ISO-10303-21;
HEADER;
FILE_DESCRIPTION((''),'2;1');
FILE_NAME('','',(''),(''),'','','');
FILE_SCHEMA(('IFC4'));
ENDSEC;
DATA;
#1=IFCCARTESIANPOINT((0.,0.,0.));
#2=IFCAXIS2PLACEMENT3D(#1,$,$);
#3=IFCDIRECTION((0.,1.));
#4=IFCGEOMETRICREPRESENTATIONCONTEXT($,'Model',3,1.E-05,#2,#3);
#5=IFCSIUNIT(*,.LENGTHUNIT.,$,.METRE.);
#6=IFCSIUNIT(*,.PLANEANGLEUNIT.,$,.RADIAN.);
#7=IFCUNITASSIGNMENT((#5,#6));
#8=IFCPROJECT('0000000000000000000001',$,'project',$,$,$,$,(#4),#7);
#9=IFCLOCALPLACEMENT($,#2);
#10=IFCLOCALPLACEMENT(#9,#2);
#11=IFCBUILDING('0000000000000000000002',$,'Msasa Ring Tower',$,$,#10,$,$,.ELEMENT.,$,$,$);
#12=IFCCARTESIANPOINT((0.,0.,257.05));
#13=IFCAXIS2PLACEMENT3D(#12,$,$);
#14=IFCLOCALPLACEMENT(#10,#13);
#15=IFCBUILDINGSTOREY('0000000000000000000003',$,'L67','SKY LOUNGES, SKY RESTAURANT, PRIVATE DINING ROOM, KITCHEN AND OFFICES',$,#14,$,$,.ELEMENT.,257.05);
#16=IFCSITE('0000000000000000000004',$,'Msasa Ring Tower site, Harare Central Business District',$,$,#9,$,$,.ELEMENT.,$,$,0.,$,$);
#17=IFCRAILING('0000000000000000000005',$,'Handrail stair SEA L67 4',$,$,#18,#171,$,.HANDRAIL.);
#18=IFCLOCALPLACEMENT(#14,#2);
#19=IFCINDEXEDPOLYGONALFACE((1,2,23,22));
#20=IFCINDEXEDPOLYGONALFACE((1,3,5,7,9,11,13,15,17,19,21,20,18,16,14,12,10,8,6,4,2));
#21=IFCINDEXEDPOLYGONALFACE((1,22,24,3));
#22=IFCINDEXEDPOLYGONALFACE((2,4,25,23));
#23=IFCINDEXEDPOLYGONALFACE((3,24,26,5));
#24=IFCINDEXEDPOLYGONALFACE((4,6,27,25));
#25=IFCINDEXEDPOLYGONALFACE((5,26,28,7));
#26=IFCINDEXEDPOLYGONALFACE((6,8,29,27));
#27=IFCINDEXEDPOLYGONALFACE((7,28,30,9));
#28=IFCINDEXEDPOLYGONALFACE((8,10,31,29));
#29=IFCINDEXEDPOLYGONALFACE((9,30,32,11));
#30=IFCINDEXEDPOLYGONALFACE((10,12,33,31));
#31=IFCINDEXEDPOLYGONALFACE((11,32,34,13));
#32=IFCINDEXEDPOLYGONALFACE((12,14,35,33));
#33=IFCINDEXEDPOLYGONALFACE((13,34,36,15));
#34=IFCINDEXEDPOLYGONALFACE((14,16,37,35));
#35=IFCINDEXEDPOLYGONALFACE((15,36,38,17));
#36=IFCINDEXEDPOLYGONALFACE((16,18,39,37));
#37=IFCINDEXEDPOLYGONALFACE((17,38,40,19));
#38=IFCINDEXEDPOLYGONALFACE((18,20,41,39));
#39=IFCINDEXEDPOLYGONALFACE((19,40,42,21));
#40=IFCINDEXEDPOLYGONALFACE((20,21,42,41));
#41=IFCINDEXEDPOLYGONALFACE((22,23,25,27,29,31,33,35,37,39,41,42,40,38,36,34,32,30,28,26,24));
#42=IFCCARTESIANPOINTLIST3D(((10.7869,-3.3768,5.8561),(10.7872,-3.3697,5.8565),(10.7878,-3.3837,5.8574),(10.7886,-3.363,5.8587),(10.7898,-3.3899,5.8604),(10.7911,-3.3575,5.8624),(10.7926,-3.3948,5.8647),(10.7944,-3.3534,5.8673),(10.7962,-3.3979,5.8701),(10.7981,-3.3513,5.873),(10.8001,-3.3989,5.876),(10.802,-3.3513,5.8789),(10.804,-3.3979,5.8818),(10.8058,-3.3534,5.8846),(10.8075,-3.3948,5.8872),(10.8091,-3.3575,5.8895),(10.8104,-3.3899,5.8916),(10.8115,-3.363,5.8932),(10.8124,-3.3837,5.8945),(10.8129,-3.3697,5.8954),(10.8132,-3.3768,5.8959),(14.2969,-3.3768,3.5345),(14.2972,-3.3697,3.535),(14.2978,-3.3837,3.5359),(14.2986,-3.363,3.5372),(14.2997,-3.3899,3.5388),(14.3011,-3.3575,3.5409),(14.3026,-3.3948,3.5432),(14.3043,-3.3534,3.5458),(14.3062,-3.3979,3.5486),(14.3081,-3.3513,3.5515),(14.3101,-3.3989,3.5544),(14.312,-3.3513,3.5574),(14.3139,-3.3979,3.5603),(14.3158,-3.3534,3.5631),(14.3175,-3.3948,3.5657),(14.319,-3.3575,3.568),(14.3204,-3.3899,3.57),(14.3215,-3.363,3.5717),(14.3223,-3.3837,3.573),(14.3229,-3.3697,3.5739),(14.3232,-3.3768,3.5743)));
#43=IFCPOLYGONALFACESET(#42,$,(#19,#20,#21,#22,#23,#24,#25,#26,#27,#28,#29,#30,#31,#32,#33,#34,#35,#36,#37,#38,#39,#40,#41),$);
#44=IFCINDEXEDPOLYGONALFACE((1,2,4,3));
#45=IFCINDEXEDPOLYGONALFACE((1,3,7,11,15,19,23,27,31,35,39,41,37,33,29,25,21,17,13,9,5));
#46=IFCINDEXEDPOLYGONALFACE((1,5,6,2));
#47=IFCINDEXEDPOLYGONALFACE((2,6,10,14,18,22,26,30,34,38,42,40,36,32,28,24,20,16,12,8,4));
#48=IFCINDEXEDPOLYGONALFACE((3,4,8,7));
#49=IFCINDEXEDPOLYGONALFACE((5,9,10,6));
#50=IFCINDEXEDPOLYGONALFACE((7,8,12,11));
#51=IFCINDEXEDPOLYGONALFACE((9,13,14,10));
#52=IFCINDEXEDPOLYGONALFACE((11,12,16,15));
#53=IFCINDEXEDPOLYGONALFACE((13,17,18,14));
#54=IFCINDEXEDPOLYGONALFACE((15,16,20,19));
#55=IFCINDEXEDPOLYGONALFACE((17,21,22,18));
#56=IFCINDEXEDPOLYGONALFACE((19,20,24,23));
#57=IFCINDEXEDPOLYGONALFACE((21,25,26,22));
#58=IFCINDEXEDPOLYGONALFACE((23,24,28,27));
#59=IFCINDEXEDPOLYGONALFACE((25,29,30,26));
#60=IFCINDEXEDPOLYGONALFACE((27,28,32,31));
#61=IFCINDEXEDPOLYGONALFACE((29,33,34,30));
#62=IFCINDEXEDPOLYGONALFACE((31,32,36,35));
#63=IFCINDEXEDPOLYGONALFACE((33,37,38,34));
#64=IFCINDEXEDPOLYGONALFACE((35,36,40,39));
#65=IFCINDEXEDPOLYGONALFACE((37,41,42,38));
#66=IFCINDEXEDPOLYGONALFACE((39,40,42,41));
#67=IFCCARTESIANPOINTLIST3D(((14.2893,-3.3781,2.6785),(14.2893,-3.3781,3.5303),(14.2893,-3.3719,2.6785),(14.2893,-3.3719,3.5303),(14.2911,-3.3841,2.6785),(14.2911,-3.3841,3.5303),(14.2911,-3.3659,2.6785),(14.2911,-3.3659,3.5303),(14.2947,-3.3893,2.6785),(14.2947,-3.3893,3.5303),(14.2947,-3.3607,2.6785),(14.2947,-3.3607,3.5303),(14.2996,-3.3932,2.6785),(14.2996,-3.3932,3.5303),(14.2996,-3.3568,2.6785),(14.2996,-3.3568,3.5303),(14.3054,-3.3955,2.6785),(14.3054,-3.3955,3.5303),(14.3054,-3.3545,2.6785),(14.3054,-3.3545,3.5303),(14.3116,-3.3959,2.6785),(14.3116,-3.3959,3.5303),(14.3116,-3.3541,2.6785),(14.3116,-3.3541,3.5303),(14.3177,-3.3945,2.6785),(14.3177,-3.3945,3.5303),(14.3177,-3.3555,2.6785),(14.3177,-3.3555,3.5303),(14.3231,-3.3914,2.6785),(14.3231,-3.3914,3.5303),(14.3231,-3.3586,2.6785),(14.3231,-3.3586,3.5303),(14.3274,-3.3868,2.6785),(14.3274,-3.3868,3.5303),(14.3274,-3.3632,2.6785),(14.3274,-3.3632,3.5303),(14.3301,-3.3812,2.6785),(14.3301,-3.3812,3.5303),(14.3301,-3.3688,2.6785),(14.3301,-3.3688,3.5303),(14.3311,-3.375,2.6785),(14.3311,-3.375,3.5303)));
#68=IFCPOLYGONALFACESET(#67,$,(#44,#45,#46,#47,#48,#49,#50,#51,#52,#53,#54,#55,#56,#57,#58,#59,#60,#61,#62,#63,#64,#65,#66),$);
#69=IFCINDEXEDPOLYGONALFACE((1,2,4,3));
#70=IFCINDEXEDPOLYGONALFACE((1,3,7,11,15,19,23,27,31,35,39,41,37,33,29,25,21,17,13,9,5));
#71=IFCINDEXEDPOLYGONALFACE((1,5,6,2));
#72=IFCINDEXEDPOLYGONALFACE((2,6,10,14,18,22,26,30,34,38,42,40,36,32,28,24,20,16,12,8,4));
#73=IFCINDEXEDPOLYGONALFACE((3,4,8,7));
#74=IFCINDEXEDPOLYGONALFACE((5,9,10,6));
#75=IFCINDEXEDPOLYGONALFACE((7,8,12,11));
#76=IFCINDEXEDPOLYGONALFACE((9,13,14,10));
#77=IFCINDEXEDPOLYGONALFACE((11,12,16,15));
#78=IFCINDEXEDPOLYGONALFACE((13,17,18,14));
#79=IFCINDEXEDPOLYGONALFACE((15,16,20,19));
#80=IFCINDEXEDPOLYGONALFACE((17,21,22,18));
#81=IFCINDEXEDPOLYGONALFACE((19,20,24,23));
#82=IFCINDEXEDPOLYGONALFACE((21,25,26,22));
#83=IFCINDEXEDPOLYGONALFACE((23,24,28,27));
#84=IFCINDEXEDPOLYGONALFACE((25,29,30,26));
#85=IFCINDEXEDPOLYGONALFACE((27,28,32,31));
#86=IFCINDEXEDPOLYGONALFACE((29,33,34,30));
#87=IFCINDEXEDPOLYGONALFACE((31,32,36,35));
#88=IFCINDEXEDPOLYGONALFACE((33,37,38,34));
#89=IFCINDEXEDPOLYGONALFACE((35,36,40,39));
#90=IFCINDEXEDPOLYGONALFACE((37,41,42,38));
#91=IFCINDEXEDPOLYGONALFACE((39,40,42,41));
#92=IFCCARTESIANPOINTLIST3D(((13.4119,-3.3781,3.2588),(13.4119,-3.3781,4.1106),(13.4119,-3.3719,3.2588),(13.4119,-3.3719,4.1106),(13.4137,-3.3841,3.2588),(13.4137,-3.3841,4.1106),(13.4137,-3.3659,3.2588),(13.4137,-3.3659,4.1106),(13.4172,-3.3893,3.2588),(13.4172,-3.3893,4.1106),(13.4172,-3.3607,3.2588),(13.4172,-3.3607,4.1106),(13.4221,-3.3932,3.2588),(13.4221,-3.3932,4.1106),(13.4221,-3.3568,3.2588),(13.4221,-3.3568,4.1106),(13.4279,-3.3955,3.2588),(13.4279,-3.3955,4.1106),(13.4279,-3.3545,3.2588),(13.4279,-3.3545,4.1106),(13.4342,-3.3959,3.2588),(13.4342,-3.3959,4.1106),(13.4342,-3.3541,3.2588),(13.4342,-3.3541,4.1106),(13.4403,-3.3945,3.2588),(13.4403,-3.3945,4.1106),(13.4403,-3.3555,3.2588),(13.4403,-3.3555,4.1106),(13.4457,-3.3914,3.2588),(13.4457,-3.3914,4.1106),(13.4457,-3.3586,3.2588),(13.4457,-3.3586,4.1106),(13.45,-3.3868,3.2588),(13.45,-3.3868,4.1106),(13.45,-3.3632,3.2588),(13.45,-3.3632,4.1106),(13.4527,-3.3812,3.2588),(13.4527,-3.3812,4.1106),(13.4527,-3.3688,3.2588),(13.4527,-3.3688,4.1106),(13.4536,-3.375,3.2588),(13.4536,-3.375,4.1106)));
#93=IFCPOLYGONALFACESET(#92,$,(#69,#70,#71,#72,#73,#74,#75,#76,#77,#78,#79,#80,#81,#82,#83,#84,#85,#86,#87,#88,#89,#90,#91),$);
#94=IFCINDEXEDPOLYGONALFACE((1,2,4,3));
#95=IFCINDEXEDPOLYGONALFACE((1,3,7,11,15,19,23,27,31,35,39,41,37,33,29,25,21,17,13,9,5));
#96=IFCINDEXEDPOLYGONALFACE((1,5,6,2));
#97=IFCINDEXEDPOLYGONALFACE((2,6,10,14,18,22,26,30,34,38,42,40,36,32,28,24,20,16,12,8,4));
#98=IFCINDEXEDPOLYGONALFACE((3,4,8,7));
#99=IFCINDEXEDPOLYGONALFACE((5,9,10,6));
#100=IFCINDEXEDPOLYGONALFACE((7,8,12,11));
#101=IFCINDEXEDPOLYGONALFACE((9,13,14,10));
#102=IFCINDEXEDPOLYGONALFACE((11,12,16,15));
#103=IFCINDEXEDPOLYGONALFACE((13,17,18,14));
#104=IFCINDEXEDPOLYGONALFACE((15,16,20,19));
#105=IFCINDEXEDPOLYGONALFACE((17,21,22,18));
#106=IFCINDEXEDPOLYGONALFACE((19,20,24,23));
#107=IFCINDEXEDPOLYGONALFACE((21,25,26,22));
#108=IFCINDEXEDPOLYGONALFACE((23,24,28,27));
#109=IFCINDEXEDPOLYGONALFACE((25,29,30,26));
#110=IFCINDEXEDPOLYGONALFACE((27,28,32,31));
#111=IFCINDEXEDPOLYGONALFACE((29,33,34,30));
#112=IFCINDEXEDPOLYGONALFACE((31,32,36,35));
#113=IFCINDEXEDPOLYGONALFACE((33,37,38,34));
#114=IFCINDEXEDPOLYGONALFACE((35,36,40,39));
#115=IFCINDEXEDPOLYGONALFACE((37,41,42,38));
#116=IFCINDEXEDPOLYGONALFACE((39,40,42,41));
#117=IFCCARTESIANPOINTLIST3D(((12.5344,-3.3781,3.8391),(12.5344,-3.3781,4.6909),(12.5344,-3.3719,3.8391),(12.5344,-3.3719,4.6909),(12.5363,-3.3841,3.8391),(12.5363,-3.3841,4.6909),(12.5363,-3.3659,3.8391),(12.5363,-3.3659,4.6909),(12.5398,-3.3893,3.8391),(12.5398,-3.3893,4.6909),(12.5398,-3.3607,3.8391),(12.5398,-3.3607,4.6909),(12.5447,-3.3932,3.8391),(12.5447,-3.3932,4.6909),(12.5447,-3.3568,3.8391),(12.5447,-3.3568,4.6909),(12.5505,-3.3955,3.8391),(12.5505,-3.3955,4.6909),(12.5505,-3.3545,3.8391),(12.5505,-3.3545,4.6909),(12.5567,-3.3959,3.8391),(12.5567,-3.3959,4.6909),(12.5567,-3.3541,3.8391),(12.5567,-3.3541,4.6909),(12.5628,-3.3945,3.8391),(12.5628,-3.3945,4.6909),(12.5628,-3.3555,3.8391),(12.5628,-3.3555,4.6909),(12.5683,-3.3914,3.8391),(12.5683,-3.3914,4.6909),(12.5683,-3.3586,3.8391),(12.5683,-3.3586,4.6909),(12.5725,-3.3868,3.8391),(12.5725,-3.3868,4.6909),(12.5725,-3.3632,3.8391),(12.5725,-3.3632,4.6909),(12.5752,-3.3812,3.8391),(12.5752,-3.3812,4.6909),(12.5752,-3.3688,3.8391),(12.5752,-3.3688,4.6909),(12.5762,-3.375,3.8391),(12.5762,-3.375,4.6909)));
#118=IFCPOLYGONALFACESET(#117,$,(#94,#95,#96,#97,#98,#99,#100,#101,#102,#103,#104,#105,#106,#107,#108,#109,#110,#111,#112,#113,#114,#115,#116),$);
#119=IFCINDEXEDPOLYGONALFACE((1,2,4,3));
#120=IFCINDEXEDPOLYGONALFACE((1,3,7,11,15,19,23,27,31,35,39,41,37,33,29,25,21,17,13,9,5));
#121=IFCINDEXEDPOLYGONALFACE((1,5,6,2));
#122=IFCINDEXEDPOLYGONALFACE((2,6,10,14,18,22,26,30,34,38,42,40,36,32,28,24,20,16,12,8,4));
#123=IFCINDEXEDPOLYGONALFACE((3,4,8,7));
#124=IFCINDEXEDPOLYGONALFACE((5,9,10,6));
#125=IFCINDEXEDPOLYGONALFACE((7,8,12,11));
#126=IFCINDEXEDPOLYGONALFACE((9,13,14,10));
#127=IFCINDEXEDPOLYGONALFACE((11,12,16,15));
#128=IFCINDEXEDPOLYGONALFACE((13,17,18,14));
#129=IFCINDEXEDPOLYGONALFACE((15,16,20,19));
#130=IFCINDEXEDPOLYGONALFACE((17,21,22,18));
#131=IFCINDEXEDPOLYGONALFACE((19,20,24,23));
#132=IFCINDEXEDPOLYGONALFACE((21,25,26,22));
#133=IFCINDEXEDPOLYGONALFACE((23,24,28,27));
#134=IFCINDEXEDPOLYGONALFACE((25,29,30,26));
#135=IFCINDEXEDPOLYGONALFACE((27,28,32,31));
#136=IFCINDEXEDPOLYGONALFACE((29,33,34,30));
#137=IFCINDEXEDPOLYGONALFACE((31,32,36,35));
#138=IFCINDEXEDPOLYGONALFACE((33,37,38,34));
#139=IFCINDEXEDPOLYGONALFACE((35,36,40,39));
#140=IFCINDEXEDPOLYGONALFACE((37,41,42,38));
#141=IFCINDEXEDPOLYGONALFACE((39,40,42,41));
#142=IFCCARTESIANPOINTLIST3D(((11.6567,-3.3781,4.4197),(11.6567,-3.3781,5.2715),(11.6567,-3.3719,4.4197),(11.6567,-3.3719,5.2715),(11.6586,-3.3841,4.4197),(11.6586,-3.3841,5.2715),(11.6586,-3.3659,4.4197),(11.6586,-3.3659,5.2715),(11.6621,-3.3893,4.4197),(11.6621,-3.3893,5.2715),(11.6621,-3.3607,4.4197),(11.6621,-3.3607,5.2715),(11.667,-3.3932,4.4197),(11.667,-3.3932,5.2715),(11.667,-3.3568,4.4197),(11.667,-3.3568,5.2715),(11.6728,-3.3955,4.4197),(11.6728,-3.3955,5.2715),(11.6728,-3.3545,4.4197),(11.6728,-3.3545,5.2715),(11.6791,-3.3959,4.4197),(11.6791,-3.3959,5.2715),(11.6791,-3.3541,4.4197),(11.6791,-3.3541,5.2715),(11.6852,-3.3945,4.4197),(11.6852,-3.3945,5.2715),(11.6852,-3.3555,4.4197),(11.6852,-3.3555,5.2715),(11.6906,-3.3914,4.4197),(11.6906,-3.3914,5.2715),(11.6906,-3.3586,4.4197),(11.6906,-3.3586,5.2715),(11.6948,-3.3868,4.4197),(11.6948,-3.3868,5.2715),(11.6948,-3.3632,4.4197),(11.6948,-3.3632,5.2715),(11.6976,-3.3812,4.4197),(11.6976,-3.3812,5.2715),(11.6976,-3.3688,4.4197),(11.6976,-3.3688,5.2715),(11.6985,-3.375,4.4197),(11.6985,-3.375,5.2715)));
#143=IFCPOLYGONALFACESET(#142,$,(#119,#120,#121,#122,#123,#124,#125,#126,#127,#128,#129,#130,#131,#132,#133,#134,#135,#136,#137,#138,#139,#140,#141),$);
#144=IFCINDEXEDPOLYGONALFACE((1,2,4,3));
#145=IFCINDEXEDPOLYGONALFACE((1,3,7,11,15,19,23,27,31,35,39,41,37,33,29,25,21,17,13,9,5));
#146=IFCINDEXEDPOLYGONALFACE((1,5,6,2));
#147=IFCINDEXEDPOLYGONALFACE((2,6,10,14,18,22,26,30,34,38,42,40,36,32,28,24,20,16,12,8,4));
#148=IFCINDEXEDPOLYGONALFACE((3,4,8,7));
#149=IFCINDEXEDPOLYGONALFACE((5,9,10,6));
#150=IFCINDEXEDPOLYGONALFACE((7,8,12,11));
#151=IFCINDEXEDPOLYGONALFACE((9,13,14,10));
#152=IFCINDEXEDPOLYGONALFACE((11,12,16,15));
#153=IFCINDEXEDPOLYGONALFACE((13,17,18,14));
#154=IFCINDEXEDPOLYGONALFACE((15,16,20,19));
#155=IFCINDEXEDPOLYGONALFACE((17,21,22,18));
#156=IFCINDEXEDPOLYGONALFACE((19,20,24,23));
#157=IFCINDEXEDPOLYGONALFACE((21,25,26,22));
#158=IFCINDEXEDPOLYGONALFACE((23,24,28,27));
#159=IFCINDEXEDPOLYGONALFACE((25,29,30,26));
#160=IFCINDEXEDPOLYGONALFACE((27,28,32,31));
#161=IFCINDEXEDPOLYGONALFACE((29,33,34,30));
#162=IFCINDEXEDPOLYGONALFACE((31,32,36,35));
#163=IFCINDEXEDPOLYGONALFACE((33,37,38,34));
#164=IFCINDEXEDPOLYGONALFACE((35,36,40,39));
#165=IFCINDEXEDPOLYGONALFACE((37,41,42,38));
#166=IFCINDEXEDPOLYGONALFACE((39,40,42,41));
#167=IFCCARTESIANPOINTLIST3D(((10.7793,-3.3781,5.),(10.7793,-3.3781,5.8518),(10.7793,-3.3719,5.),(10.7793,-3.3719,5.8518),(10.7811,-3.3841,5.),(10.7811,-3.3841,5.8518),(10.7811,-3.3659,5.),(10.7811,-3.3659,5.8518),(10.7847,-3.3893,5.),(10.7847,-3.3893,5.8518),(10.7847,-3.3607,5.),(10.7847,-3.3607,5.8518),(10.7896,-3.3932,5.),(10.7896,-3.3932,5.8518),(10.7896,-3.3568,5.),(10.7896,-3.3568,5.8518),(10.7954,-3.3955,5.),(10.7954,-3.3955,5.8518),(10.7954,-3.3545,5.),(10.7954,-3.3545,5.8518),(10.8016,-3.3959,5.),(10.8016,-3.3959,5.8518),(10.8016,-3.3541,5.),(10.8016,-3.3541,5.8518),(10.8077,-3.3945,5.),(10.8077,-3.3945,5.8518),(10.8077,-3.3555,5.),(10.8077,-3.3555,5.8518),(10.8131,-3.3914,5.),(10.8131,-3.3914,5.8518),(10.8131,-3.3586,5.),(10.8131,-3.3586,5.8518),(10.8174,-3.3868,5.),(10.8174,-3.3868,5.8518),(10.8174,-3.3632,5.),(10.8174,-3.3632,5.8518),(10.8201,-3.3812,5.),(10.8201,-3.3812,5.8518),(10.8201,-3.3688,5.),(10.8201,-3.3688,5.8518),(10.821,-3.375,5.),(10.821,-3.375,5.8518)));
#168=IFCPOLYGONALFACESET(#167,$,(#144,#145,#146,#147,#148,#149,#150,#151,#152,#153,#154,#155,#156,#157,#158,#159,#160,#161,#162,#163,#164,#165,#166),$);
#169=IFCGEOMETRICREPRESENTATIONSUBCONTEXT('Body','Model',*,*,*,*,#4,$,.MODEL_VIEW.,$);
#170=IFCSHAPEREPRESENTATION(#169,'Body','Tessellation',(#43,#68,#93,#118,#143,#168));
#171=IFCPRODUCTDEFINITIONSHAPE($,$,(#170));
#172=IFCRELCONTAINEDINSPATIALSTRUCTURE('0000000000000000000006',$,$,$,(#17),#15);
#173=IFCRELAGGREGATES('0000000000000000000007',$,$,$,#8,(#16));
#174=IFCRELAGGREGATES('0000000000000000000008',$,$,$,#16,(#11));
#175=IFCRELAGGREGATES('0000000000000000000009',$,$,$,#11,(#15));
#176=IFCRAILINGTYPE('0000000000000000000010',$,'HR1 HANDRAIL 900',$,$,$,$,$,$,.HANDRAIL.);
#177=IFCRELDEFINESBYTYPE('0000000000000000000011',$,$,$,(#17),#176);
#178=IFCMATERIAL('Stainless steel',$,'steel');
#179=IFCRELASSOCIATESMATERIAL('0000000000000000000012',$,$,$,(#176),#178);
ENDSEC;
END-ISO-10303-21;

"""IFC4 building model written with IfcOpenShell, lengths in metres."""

from ifc_helpers import new_model, si_unit, direction, frame, origin, origin_2d, place, context, subcontext, project, spatial, circle, extrude, material, type_object, element, save


model = new_model("IFC4")

# Units and contexts
model_context = context("Model", 3, precision=1e-05, world=origin(), true_north=direction((0.0, 1.0)))
body_context = subcontext(model_context, "Body", "Model", "MODEL_VIEW")
ifc_project = project(units=[si_unit("LENGTHUNIT", "METRE"), si_unit("PLANEANGLEUNIT", "RADIAN")], contexts=[model_context])

# Site, building, storey
site_placement = place(None, origin())
site = spatial("IfcSite", under=ifc_project, at=site_placement, Name="Msasa Ring Tower site, Harare Central Business District", CompositionType="ELEMENT", RefElevation=0.0)
building_placement = place(site_placement, origin())
building = spatial("IfcBuilding", under=site, at=building_placement, Name="Msasa Ring Tower", CompositionType="ELEMENT")
storey_placement = place(building_placement, frame((0.0, 0.0, 257.05)))
storey = spatial("IfcBuildingStorey", under=building, at=storey_placement, Name="L67", Description="SKY LOUNGES, SKY RESTAURANT, PRIVATE DINING ROOM, KITCHEN AND OFFICES", CompositionType="ELEMENT", Elevation=257.05)

# Railing
ifc_material_1 = material(Name="Stainless steel", Category="steel")
railing_type = type_object("IfcRailingType", Name="HR1 HANDRAIL 900", PredefinedType="HANDRAIL", material=ifc_material_1)
for number, where, name in (
    (1, (14.3101, -3.375, 2.6785), "Handrail stair SEA L67 4"),
):
    element("IfcRailing", number, at=place(storey_placement, frame(where)), inside=storey, type_object=railing_type, Name=name, PredefinedType="HANDRAIL", context=body_context, shape_type="SweptSolid", body=[
        extrude(circle(Radius=0.0239, at=origin_2d()), frame((0.0, 0.0, 0.876), z_axis=(-0.834071, 0.0, 0.551657), x_axis=(0.0, -1.0, 0.0)), (0.0, 0.0, 1.0), 4.2083),
        extrude(circle(Radius=0.021, at=origin_2d()), origin(), (0.0, 0.0, 1.0), 0.8518),
        extrude(circle(Radius=0.021, at=origin_2d()), frame((-0.8774, 0.0, 0.5803)), (0.0, 0.0, 1.0), 0.8518),
        extrude(circle(Radius=0.021, at=origin_2d()), frame((-1.7549, 0.0, 1.1606)), (0.0, 0.0, 1.0), 0.8518),
        extrude(circle(Radius=0.021, at=origin_2d()), frame((-2.6326, 0.0, 1.7412)), (0.0, 0.0, 1.0), 0.8518),
        extrude(circle(Radius=0.021, at=origin_2d()), frame((-3.51, 0.0, 2.3215)), (0.0, 0.0, 1.0), 0.8518),
    ])

save(model, "model.ifc")
